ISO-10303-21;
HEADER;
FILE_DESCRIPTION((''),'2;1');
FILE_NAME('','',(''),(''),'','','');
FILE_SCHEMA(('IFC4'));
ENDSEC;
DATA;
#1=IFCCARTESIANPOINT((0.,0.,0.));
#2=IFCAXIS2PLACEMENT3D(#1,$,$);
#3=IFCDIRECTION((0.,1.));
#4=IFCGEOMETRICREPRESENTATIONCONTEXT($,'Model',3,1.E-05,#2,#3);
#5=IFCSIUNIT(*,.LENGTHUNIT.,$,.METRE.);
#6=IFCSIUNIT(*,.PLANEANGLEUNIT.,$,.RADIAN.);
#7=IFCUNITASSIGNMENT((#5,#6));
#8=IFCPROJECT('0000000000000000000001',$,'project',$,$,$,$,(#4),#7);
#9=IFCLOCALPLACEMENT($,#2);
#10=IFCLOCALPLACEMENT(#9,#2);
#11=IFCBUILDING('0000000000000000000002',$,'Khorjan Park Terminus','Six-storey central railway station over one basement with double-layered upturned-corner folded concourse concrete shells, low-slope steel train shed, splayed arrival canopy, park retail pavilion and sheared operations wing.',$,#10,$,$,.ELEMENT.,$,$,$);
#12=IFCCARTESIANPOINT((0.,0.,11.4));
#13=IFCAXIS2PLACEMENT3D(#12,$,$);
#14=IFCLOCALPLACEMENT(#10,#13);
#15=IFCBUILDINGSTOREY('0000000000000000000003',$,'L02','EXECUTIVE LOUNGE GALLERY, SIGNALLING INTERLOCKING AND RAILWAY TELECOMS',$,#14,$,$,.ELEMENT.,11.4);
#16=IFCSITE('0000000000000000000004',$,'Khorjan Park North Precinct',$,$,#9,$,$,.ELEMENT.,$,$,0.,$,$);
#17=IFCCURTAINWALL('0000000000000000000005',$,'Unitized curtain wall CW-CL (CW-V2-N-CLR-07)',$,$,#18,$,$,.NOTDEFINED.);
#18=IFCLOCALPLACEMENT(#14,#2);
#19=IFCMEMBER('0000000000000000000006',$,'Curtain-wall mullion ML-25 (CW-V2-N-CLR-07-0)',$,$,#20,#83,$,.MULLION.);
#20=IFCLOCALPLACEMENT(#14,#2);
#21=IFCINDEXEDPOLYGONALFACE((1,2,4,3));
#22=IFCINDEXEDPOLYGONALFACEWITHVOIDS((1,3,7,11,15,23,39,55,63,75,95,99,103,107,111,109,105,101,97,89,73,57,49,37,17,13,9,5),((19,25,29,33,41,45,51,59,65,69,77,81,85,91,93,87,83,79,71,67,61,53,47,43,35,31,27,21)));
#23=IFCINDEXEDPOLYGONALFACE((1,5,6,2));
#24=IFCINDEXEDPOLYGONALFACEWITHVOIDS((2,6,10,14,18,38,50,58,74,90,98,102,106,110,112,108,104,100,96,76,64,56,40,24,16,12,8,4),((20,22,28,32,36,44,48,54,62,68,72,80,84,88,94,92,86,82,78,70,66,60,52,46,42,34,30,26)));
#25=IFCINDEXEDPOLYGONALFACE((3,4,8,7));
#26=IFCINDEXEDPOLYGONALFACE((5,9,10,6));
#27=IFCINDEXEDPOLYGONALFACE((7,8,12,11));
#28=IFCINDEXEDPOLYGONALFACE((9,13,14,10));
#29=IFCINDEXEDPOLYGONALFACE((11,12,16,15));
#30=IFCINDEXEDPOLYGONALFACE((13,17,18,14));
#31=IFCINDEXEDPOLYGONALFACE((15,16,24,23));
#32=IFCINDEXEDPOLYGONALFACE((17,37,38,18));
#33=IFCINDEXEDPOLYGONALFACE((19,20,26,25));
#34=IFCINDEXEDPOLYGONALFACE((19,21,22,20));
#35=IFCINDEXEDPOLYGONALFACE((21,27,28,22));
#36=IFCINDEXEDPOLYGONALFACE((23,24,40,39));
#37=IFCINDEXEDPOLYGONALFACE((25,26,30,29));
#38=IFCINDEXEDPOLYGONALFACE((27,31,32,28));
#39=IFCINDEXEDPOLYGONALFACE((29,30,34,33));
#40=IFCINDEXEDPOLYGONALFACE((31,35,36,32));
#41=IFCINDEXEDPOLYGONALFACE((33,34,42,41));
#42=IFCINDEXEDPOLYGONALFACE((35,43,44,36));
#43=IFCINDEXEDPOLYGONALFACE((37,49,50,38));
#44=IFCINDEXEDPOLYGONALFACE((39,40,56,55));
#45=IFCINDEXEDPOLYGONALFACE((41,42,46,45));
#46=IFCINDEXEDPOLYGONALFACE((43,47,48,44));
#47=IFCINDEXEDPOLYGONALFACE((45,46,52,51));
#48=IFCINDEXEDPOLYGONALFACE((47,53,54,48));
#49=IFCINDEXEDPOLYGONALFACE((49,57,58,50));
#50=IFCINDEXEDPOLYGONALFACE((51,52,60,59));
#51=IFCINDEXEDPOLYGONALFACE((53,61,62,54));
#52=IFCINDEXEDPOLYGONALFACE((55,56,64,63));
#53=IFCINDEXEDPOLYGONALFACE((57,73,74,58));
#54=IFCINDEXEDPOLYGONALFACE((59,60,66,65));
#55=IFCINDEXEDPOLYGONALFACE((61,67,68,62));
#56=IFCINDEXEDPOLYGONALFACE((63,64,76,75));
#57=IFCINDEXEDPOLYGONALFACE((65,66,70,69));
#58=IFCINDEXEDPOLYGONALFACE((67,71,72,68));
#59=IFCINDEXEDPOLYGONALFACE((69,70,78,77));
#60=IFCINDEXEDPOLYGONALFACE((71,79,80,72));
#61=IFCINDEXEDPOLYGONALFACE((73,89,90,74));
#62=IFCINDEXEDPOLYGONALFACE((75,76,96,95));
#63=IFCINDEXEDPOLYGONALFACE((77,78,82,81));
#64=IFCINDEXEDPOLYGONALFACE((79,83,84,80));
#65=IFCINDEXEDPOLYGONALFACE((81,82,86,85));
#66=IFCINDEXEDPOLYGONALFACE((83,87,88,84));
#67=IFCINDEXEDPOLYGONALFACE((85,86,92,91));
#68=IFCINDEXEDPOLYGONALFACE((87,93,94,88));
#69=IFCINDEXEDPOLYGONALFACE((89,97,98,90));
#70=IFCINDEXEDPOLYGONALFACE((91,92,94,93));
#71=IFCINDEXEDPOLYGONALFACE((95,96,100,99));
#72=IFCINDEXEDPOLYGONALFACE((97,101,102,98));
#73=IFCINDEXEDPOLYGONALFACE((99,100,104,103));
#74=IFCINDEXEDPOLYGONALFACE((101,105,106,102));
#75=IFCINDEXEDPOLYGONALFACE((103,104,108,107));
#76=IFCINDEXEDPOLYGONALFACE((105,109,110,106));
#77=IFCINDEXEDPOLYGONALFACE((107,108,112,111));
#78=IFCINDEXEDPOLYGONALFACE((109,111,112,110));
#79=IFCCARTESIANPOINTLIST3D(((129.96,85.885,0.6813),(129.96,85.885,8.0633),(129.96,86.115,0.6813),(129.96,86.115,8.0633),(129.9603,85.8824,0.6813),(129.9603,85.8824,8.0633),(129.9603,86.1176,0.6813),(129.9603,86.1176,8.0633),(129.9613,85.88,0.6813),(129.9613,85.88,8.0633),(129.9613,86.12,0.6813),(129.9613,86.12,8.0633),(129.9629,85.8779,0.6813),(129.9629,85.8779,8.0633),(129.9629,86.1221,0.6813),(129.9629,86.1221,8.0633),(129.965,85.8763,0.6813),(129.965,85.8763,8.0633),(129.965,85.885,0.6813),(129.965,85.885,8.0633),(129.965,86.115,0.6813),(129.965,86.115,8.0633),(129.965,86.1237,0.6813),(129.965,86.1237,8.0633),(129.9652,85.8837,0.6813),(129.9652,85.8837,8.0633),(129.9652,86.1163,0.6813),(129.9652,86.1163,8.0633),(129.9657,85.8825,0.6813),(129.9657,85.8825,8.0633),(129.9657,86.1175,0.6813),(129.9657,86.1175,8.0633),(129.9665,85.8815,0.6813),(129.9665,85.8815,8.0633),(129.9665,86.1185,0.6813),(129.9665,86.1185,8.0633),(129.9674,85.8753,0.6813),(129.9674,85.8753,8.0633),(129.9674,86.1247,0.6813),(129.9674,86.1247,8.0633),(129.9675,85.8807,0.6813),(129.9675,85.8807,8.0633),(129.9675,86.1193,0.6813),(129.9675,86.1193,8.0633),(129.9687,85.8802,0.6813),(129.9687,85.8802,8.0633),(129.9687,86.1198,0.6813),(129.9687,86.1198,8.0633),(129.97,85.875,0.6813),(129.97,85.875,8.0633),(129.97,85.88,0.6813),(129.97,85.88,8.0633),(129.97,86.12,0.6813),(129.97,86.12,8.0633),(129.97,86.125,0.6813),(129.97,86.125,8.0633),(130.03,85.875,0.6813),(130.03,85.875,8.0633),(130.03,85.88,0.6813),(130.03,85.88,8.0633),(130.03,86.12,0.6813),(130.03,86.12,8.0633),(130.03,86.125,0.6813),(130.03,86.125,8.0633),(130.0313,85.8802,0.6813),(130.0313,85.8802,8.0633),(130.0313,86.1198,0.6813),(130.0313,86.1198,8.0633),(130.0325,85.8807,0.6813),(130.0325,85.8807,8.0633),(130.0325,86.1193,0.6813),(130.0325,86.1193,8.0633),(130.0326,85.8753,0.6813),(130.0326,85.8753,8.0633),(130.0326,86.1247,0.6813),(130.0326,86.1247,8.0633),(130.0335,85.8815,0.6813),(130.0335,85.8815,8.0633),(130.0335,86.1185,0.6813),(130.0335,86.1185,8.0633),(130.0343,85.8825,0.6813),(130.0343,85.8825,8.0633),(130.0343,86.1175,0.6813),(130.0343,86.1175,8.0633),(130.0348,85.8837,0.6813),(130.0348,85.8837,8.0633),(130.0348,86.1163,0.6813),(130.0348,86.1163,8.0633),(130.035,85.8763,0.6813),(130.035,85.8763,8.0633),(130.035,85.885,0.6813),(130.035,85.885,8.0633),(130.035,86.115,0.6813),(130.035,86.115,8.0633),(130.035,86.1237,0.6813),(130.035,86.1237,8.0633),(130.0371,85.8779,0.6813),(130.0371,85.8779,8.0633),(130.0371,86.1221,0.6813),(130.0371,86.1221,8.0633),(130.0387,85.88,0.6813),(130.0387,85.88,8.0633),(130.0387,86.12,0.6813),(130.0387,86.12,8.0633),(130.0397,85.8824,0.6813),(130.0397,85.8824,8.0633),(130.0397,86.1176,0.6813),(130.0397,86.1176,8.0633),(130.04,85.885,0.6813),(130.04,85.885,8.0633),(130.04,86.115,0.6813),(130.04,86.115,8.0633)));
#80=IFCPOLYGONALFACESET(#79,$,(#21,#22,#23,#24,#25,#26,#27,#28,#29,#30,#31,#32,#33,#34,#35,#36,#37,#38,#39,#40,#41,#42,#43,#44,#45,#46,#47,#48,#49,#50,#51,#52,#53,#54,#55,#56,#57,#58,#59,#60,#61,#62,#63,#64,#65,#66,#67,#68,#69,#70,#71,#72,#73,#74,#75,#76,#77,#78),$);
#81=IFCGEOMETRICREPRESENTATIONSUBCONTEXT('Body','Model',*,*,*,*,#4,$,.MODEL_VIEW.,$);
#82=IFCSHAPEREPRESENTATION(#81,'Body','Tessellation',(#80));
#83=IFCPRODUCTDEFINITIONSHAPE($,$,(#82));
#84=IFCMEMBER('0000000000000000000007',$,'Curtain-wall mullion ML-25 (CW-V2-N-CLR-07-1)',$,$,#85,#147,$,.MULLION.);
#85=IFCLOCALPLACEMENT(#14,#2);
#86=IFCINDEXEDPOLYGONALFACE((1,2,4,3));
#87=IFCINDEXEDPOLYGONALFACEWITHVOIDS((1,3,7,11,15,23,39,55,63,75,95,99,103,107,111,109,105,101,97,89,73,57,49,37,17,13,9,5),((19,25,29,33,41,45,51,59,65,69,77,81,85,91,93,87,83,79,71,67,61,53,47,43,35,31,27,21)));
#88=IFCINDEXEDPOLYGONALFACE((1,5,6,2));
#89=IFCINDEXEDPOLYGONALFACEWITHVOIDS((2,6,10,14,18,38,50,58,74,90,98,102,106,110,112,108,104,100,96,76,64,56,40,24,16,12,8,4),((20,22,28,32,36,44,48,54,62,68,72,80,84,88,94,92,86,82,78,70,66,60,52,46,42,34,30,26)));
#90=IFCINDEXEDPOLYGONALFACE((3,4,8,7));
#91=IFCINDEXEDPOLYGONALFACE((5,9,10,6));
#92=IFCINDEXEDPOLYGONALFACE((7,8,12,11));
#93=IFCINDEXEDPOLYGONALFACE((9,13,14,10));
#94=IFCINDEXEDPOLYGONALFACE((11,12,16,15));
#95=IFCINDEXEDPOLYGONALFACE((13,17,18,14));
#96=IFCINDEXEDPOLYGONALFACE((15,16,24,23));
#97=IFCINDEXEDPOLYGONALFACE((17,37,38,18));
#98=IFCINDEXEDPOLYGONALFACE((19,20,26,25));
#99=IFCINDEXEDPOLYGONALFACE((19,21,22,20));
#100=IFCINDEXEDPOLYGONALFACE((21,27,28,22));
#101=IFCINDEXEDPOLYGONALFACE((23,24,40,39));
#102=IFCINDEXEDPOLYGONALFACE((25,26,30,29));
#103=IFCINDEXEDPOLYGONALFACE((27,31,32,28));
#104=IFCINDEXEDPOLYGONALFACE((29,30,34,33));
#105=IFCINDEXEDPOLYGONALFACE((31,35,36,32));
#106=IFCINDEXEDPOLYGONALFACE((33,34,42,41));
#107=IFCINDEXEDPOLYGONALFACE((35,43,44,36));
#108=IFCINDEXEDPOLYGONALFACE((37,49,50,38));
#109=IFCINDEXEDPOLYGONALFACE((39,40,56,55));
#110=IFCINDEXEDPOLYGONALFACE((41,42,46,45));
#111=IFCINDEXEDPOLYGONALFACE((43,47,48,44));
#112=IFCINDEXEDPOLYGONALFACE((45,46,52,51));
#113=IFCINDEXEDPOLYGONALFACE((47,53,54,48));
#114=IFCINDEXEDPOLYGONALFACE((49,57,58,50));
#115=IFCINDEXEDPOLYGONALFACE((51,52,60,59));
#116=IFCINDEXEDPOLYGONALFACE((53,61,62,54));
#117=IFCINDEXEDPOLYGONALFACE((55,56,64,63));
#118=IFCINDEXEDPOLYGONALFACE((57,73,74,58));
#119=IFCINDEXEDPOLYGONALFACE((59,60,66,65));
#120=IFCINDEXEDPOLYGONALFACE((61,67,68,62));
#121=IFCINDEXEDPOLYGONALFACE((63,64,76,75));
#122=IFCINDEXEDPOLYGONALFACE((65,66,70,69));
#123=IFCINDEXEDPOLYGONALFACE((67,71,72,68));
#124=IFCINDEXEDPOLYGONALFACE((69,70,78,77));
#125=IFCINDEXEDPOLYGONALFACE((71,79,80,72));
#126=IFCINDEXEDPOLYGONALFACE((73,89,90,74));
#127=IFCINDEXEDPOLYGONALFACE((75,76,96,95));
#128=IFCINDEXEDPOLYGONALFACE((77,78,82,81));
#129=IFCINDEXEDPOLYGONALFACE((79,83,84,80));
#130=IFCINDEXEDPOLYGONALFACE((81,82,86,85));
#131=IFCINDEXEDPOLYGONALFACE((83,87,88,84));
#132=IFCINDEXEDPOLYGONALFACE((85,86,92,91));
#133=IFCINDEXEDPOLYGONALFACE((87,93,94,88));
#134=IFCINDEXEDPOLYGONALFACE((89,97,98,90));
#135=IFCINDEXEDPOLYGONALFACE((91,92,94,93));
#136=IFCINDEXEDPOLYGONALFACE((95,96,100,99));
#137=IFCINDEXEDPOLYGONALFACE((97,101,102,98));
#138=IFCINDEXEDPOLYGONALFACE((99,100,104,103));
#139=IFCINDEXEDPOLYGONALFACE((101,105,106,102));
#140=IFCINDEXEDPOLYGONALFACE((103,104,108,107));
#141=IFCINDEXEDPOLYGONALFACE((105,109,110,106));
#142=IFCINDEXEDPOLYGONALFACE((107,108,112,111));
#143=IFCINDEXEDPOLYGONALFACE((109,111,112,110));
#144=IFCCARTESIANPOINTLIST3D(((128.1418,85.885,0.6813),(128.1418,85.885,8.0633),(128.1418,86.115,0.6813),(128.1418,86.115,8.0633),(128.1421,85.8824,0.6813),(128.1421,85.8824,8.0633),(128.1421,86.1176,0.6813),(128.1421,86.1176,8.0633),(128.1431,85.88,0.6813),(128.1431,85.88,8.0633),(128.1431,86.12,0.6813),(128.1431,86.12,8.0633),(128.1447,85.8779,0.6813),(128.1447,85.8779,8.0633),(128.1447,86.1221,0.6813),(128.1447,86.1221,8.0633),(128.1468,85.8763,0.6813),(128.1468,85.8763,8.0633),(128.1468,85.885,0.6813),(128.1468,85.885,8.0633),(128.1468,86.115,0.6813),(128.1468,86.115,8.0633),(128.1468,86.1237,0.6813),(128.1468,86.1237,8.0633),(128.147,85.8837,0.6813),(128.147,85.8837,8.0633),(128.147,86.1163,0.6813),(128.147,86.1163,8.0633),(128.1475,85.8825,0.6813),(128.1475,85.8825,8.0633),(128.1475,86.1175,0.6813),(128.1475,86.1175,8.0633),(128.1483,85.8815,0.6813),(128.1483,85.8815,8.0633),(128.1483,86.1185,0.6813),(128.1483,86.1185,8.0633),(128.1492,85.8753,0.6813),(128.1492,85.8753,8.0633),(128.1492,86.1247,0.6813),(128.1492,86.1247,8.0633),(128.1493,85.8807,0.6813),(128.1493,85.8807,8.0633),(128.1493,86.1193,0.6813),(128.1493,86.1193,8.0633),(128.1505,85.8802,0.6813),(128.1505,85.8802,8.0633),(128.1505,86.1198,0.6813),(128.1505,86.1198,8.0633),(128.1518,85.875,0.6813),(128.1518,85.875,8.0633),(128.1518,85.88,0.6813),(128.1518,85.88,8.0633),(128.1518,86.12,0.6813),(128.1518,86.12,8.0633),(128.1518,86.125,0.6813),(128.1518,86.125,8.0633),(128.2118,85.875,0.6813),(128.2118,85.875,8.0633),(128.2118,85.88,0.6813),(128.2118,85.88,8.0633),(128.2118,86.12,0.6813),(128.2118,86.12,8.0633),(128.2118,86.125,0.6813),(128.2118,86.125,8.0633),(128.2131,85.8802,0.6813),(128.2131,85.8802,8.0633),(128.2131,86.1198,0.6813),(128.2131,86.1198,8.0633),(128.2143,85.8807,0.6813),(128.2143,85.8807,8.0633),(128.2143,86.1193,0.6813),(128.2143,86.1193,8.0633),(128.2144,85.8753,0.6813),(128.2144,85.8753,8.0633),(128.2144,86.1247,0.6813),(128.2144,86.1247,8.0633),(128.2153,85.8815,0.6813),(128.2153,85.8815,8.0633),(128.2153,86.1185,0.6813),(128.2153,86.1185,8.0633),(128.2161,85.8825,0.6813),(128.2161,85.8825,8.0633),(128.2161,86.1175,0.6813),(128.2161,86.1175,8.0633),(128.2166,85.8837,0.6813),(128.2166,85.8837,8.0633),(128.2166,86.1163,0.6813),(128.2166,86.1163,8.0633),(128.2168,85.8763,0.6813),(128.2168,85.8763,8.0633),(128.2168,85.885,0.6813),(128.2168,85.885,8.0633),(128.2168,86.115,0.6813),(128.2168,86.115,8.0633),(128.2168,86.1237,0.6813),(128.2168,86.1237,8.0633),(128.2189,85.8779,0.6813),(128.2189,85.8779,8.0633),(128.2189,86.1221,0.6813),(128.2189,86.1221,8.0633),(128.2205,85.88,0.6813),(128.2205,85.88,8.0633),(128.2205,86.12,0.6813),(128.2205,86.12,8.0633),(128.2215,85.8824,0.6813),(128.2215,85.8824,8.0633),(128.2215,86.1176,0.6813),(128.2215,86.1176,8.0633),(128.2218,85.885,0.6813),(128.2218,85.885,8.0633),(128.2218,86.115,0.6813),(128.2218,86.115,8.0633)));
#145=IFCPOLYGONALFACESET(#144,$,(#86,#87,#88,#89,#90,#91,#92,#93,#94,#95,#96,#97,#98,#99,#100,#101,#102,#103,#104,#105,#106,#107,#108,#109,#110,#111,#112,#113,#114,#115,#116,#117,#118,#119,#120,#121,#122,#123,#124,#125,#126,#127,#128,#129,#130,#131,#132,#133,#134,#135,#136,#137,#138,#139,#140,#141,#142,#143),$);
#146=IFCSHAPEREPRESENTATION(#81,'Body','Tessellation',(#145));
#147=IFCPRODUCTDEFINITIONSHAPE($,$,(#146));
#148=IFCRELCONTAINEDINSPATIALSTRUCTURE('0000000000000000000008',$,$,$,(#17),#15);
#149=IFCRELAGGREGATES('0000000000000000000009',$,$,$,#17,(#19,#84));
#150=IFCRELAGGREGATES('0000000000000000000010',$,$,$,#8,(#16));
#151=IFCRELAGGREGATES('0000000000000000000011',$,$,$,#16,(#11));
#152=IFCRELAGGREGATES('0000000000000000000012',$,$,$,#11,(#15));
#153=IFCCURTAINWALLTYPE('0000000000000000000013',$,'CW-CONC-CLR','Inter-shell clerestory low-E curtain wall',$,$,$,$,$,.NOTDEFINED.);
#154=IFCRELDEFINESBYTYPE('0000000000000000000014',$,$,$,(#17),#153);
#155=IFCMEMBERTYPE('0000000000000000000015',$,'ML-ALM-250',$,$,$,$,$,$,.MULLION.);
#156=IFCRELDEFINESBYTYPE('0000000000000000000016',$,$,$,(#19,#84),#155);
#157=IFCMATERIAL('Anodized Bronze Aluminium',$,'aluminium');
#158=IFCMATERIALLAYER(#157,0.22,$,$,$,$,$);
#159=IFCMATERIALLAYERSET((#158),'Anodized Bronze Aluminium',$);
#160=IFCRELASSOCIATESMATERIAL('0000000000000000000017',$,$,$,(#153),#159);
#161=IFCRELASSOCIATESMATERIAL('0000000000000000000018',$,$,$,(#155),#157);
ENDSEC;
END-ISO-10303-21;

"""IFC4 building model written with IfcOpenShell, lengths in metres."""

from ifc_helpers import new_model, si_unit, direction, frame, origin, origin_2d, place, context, subcontext, project, spatial, hollow_rectangle, extrude, material, layer, layer_set, material_profile, profile_set, type_object, element, aggregate, save


model = new_model("IFC4")

# Units and contexts
model_context = context("Model", 3, precision=1e-05, world=origin(), true_north=direction((0.0, 1.0)))
body_context = subcontext(model_context, "Body", "Model", "MODEL_VIEW")
ifc_project = project(units=[si_unit("LENGTHUNIT", "METRE"), si_unit("PLANEANGLEUNIT", "RADIAN")], contexts=[model_context])

# Site, building, storey
site_placement = place(None, origin())
site = spatial("IfcSite", under=ifc_project, at=site_placement, Name="Khorjan Park North Precinct", CompositionType="ELEMENT", RefElevation=0.0)
building_placement = place(site_placement, origin())
building = spatial("IfcBuilding", under=site, at=building_placement, Name="Khorjan Park Terminus", Description="Six-storey central railway station over one basement with double-layered upturned-corner folded concourse concrete shells, low-slope steel train shed, splayed arrival canopy, park retail pavilion and sheared operations wing.", CompositionType="ELEMENT")
storey_placement = place(building_placement, frame((0.0, 0.0, 11.4)))
storey = spatial("IfcBuildingStorey", under=building, at=storey_placement, Name="L02", Description="EXECUTIVE LOUNGE GALLERY, SIGNALLING INTERLOCKING AND RAILWAY TELECOMS", CompositionType="ELEMENT", Elevation=11.4)

# Curtain wall, members
ifc_material_1 = material(Name="Anodized Bronze Aluminium", Category="aluminium")
ifc_layer_1 = layer(ifc_material_1, 0.22)
ifc_layer_set_1 = layer_set([ifc_layer_1], Name="Anodized Bronze Aluminium")
curtain_wall_type = type_object("IfcCurtainWallType", Name="CW-CONC-CLR", Description="Inter-shell clerestory low-E curtain wall", PredefinedType="NOTDEFINED", material=ifc_layer_set_1)
curtain_wall_placement = place(storey_placement, origin())
curtain_wall = element("IfcCurtainWall", 1, at=curtain_wall_placement, inside=storey, type_object=curtain_wall_type, Name="Unitized curtain wall CW-CL (CW-V2-N-CLR-07)", PredefinedType="NOTDEFINED")
ifc_material_profile_1 = material_profile(ifc_material_1, hollow_rectangle(XDim=0.08, YDim=0.25, WallThickness=0.005, InnerFilletRadius=0.005, OuterFilletRadius=0.01, at=origin_2d()), Name="ALM 80x250x5")
ifc_profile_set_1 = profile_set([ifc_material_profile_1], Name="Anodized Bronze Aluminium")
member_type_1 = type_object("IfcMemberType", Name="ML-ALM-250", PredefinedType="MULLION", material=ifc_profile_set_1)
member_1_placement = place(storey_placement, frame((130.0, 86.0, 0.6813), z_axis=(0.0, 0.0, 1.0), x_axis=(-1.0, 0.0, 0.0)))
member_1 = element("IfcMember", 2, at=member_1_placement, type_object=member_type_1, Name="Curtain-wall mullion ML-25 (CW-V2-N-CLR-07-0)", PredefinedType="MULLION", context=body_context, shape_type="SweptSolid", body=[
    extrude(hollow_rectangle(XDim=0.08, YDim=0.25, WallThickness=0.005, InnerFilletRadius=0.005, OuterFilletRadius=0.01, at=origin_2d()), origin(), (0.0, 0.0, 1.0), 7.382),
])
member_2_placement = place(storey_placement, frame((128.1818, 86.0, 0.6813), z_axis=(0.0, 0.0, 1.0), x_axis=(-1.0, 0.0, 0.0)))
member_2 = element("IfcMember", 3, at=member_2_placement, type_object=member_type_1, Name="Curtain-wall mullion ML-25 (CW-V2-N-CLR-07-1)", PredefinedType="MULLION", context=body_context, shape_type="SweptSolid", body=[
    extrude(hollow_rectangle(XDim=0.08, YDim=0.25, WallThickness=0.005, InnerFilletRadius=0.005, OuterFilletRadius=0.01, at=origin_2d()), origin(), (0.0, 0.0, 1.0), 7.382),
])

aggregate(curtain_wall, [member_1, member_2])

save(model, "model.ifc")
